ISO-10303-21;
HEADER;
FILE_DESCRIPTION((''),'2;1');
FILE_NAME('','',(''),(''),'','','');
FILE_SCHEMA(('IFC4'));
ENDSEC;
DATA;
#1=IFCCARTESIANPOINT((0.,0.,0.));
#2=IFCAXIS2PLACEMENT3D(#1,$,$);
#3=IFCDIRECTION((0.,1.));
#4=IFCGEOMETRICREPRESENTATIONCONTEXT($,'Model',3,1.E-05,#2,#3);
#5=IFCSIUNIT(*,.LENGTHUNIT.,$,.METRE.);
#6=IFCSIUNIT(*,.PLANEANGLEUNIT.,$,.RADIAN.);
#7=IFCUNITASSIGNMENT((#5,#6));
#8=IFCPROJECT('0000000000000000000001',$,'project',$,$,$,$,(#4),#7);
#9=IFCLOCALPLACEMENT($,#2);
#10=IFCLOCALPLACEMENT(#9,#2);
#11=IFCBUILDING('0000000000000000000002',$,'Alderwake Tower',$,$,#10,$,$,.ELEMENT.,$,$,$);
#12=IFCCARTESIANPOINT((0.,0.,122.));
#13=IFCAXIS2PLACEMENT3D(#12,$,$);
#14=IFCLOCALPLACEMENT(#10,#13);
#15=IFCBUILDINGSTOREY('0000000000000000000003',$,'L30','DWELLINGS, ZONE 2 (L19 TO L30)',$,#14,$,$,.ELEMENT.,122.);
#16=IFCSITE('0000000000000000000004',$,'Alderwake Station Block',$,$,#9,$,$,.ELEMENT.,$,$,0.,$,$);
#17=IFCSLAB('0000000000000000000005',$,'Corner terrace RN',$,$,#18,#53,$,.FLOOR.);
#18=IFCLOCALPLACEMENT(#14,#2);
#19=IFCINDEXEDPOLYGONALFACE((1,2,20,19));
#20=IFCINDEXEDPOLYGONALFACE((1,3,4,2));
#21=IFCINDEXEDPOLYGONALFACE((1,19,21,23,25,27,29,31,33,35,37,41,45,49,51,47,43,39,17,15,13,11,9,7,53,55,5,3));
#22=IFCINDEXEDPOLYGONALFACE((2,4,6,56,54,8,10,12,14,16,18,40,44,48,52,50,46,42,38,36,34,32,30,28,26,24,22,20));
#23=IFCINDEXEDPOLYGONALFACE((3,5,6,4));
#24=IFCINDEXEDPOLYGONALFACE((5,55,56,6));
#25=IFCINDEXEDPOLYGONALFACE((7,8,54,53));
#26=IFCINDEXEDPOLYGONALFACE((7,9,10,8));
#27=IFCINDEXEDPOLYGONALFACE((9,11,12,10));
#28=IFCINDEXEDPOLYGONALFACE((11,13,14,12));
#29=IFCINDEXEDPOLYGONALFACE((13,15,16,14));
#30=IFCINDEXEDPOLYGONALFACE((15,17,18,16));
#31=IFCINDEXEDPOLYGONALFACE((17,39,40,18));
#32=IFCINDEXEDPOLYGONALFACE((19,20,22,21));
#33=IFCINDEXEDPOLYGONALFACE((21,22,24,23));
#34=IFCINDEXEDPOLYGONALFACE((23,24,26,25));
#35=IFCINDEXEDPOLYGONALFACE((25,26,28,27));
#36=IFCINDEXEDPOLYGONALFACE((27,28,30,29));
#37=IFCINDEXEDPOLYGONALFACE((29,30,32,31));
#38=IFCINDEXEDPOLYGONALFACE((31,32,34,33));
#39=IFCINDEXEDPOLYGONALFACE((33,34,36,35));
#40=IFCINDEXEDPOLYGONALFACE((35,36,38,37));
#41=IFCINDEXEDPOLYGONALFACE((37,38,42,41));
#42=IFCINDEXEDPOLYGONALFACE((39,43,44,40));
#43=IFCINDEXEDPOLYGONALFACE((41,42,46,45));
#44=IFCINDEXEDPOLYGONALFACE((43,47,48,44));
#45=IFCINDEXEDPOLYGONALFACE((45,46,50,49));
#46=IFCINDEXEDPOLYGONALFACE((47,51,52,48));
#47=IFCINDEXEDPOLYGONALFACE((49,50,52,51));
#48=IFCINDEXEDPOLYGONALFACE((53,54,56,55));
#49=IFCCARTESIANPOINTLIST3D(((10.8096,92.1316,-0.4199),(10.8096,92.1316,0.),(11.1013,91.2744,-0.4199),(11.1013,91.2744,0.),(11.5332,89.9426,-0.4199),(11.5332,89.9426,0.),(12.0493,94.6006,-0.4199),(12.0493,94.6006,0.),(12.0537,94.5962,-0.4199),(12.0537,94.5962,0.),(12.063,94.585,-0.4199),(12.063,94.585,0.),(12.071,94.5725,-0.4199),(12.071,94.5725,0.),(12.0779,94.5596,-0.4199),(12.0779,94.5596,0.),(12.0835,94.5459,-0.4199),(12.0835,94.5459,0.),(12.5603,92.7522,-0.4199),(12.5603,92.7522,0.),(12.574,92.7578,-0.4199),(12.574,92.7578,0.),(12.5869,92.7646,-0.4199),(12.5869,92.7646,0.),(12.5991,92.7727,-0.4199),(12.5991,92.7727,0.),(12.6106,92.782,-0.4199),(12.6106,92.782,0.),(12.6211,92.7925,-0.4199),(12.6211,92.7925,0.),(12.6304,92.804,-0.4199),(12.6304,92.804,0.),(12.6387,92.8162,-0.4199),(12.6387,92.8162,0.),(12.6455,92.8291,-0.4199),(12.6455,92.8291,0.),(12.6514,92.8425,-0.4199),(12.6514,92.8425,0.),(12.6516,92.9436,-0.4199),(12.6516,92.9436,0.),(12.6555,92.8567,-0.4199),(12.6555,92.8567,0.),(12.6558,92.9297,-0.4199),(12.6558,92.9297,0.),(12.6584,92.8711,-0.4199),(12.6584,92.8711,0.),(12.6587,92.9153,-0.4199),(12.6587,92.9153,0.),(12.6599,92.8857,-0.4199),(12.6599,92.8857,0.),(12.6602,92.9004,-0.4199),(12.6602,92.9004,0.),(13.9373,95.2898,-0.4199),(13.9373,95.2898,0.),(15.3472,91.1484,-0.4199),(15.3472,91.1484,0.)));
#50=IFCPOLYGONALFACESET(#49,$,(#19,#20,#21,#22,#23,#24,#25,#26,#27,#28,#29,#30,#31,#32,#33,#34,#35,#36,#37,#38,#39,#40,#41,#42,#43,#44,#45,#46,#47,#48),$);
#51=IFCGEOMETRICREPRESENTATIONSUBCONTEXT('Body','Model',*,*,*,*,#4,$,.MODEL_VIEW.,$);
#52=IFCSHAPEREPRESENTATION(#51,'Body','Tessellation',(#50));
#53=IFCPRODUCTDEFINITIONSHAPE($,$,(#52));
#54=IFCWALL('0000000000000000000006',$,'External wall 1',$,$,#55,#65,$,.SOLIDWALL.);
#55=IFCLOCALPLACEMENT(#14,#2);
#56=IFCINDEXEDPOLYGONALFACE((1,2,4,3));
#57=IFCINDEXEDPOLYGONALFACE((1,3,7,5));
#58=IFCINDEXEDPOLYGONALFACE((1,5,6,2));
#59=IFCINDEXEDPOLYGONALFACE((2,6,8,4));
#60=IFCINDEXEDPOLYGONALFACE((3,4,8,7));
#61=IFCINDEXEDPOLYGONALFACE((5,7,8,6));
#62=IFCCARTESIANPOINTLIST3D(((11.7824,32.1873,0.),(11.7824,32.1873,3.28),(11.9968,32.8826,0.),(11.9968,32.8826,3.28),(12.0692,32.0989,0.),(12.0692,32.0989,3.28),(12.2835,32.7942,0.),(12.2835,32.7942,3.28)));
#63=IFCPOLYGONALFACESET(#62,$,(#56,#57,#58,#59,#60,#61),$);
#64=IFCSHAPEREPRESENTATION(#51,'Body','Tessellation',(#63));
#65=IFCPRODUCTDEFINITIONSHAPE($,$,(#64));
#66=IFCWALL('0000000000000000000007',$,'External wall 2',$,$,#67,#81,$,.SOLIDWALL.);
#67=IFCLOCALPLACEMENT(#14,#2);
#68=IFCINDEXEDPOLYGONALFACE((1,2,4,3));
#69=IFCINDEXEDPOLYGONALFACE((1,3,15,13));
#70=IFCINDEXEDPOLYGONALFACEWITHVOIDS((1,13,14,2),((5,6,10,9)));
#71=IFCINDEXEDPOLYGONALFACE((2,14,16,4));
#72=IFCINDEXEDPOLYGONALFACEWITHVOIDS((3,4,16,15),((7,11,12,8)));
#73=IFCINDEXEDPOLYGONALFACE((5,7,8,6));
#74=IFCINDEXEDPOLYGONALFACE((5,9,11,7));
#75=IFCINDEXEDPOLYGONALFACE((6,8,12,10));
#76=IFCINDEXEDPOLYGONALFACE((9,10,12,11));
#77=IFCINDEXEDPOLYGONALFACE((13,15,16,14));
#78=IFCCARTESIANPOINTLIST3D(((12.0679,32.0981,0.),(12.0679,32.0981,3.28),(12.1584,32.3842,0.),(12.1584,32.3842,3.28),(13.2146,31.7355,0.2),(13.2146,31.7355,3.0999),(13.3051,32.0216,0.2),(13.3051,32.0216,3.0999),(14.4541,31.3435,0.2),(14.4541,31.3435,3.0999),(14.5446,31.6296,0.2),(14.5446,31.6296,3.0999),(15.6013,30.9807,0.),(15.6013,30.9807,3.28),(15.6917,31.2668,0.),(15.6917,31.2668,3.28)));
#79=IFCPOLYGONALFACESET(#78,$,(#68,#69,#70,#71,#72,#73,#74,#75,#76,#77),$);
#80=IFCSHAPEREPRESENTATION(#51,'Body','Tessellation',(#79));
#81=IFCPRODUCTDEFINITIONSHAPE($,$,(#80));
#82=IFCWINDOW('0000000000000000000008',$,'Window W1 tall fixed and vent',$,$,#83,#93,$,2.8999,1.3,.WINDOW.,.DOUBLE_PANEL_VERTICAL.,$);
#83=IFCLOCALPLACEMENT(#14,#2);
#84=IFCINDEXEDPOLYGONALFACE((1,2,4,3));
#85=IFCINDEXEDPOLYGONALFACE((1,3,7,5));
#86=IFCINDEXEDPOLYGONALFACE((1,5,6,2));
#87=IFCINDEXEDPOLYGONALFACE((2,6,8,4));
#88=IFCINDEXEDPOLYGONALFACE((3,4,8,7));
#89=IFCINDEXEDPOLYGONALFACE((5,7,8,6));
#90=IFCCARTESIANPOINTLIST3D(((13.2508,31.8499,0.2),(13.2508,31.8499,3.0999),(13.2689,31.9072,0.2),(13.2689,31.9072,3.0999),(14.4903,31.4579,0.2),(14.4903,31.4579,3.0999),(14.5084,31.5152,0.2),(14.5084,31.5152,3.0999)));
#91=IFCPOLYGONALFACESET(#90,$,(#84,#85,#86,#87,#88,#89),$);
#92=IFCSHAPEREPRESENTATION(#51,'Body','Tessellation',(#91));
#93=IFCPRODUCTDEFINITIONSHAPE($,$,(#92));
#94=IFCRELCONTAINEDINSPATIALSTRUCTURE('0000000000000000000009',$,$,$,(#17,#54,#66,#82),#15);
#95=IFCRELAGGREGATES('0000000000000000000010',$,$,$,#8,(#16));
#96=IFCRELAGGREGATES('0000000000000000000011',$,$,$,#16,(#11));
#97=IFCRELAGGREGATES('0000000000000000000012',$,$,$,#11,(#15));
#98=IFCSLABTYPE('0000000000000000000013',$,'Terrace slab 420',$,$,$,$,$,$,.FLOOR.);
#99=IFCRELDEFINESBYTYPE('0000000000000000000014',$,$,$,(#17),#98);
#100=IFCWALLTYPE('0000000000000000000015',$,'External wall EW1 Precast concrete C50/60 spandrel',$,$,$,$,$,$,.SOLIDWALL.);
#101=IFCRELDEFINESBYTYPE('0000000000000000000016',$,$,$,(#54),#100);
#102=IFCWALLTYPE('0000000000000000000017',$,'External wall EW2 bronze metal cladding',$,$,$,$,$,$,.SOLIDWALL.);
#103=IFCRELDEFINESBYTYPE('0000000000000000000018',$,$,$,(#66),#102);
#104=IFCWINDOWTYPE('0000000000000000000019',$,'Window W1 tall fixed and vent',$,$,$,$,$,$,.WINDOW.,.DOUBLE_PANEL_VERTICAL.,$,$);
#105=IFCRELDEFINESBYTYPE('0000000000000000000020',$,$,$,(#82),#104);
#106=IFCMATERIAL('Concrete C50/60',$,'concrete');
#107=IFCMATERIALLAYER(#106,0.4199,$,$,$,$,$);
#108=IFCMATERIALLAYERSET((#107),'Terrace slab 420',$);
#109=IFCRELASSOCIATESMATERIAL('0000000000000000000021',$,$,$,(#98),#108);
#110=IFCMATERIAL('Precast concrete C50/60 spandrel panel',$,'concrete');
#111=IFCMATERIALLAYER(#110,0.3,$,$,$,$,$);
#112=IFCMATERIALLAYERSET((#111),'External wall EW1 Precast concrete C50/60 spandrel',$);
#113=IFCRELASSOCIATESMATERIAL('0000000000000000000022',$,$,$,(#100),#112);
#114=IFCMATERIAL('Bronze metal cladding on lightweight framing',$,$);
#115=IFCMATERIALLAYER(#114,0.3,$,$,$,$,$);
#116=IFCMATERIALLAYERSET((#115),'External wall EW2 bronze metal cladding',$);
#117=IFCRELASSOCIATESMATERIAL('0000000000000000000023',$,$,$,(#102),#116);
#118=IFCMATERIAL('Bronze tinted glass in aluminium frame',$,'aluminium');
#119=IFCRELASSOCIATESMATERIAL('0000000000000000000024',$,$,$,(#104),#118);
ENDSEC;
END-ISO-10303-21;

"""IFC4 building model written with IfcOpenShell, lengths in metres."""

from ifc_helpers import new_model, si_unit, direction, frame, frame_2d, origin, place, context, subcontext, project, spatial, polyline, rectangle, outline, extrude, material, layer, layer_set, type_object, element, fill, save


model = new_model("IFC4")

# Units and contexts
model_context = context("Model", 3, precision=1e-05, world=origin(), true_north=direction((0.0, 1.0)))
body_context = subcontext(model_context, "Body", "Model", "MODEL_VIEW")
ifc_project = project(units=[si_unit("LENGTHUNIT", "METRE"), si_unit("PLANEANGLEUNIT", "RADIAN")], contexts=[model_context])

# Site, building, storey
site_placement = place(None, origin())
site = spatial("IfcSite", under=ifc_project, at=site_placement, Name="Alderwake Station Block", CompositionType="ELEMENT", RefElevation=0.0)
building_placement = place(site_placement, origin())
building = spatial("IfcBuilding", under=site, at=building_placement, Name="Alderwake Tower", CompositionType="ELEMENT")
storey_placement = place(building_placement, frame((0.0, 0.0, 122.0)))
storey = spatial("IfcBuildingStorey", under=building, at=storey_placement, Name="L30", Description="DWELLINGS, ZONE 2 (L19 TO L30)", CompositionType="ELEMENT", Elevation=122.0)

# Slab
ifc_material_1 = material(Name="Concrete C50/60", Category="concrete")
ifc_layer_1 = layer(ifc_material_1, 0.4199)
ifc_layer_set_1 = layer_set([ifc_layer_1], Name="Terrace slab 420")
slab_type_1 = type_object("IfcSlabType", Name="Terrace slab 420", PredefinedType="FLOOR", material=ifc_layer_set_1)
slab_1_placement = place(storey_placement, frame((0.0, 0.0, -0.4199)))
element("IfcSlab", 1, at=slab_1_placement, inside=storey, type_object=slab_type_1, Name="Corner terrace RN", PredefinedType="FLOOR", context=body_context, shape_type="SweptSolid", body=[
    extrude(outline(polyline([(10.8096, 92.1316), (12.5603, 92.7522), (12.574, 92.7578), (12.5869, 92.7646), (12.5991, 92.7727), (12.6106, 92.782), (12.6211, 92.7925), (12.6304, 92.804), (12.6387, 92.8162), (12.6455, 92.8291), (12.6514, 92.8425), (12.6555, 92.8567), (12.6584, 92.8711), (12.6599, 92.8857), (12.6602, 92.9004), (12.6587, 92.9153), (12.6558, 92.9297), (12.6516, 92.9436), (12.0835, 94.5459), (12.0779, 94.5596), (12.071, 94.5725), (12.063, 94.585), (12.0537, 94.5962), (12.0493, 94.6006), (13.9373, 95.2898), (15.3472, 91.1484), (11.5332, 89.9426), (11.1013, 91.2744), (10.8096, 92.1316)])), origin(), (0.0, 0.0, 1.0), 0.4199),
])

# Wall
ifc_material_2 = material(Name="Precast concrete C50/60 spandrel panel", Category="concrete")
ifc_layer_2 = layer(ifc_material_2, 0.3)
ifc_layer_set_2 = layer_set([ifc_layer_2], Name="External wall EW1 Precast concrete C50/60 spandrel")
wall_type_1 = type_object("IfcWallType", Name="External wall EW1 Precast concrete C50/60 spandrel", PredefinedType="SOLIDWALL", material=ifc_layer_set_2)
wall_1_placement = place(storey_placement, frame((12.1401, 32.8384, 0.0), z_axis=(0.0, 0.0, 1.0), x_axis=(-0.294605, -0.955619, 0.0)))
element("IfcWall", 2, at=wall_1_placement, inside=storey, type_object=wall_type_1, Name="External wall 1", PredefinedType="SOLIDWALL", context=body_context, shape_type="SweptSolid", body=[
    extrude(rectangle(XDim=0.7275, YDim=0.3, at=frame_2d((0.3638, 0.0))), origin(), (0.0, 0.0, 1.0), 3.28),
])

# Wall, opening, window
ifc_material_3 = material(Name="Bronze metal cladding on lightweight framing")
ifc_layer_3 = layer(ifc_material_3, 0.3)
ifc_layer_set_3 = layer_set([ifc_layer_3], Name="External wall EW2 bronze metal cladding")
wall_type_2 = type_object("IfcWallType", Name="External wall EW2 bronze metal cladding", PredefinedType="SOLIDWALL", material=ifc_layer_set_3)
wall_2_placement = place(storey_placement, frame((12.113, 32.2412, 0.0), z_axis=(0.0, 0.0, 1.0), x_axis=(0.953458, -0.301525, 0.0)))
wall_2 = element("IfcWall", 3, at=wall_2_placement, inside=storey, type_object=wall_type_2, Name="External wall 2", PredefinedType="SOLIDWALL", context=body_context, shape_type="SweptSolid", body=[
    extrude(rectangle(XDim=3.7058, YDim=0.3, at=frame_2d((1.853, 0.0))), origin(), (0.0, 0.0, 1.0), 3.28),
])
opening_placement = place(wall_2_placement, frame((1.2029, 0.0, 0.2)))
opening = element("IfcOpeningElement", 4, at=opening_placement, cuts=wall_2, PredefinedType="OPENING", context=body_context, shape_type="SweptSolid", body=[
    extrude(rectangle(XDim=1.3, YDim=2.8999, at=frame_2d((0.6499, 1.45))), frame((0.0, 0.1599, 0.0), z_axis=(0.0, -1.0, 0.0), x_axis=(1.0, 0.0, 0.0)), (0.0, 0.0, 1.0), 0.3201),
])
ifc_material_4 = material(Name="Bronze tinted glass in aluminium frame", Category="aluminium")
window_type = type_object("IfcWindowType", Name="Window W1 tall fixed and vent", PartitioningType="DOUBLE_PANEL_VERTICAL", PredefinedType="WINDOW", material=ifc_material_4)
window_placement = place(opening_placement, origin())
window = element("IfcWindow", 5, at=window_placement, inside=storey, type_object=window_type, Name="Window W1 tall fixed and vent", OverallHeight=2.8999, OverallWidth=1.3, PartitioningType="DOUBLE_PANEL_VERTICAL", PredefinedType="WINDOW", context=body_context, shape_type="SweptSolid", body=[
    extrude(rectangle(XDim=1.3, YDim=2.8999, at=frame_2d((0.6499, 1.45))), frame((0.0, 0.03, 0.0), z_axis=(0.0, -1.0, 0.0), x_axis=(1.0, 0.0, 0.0)), (0.0, 0.0, 1.0), 0.0601),
])
fill(opening, window)

save(model, "model.ifc")
